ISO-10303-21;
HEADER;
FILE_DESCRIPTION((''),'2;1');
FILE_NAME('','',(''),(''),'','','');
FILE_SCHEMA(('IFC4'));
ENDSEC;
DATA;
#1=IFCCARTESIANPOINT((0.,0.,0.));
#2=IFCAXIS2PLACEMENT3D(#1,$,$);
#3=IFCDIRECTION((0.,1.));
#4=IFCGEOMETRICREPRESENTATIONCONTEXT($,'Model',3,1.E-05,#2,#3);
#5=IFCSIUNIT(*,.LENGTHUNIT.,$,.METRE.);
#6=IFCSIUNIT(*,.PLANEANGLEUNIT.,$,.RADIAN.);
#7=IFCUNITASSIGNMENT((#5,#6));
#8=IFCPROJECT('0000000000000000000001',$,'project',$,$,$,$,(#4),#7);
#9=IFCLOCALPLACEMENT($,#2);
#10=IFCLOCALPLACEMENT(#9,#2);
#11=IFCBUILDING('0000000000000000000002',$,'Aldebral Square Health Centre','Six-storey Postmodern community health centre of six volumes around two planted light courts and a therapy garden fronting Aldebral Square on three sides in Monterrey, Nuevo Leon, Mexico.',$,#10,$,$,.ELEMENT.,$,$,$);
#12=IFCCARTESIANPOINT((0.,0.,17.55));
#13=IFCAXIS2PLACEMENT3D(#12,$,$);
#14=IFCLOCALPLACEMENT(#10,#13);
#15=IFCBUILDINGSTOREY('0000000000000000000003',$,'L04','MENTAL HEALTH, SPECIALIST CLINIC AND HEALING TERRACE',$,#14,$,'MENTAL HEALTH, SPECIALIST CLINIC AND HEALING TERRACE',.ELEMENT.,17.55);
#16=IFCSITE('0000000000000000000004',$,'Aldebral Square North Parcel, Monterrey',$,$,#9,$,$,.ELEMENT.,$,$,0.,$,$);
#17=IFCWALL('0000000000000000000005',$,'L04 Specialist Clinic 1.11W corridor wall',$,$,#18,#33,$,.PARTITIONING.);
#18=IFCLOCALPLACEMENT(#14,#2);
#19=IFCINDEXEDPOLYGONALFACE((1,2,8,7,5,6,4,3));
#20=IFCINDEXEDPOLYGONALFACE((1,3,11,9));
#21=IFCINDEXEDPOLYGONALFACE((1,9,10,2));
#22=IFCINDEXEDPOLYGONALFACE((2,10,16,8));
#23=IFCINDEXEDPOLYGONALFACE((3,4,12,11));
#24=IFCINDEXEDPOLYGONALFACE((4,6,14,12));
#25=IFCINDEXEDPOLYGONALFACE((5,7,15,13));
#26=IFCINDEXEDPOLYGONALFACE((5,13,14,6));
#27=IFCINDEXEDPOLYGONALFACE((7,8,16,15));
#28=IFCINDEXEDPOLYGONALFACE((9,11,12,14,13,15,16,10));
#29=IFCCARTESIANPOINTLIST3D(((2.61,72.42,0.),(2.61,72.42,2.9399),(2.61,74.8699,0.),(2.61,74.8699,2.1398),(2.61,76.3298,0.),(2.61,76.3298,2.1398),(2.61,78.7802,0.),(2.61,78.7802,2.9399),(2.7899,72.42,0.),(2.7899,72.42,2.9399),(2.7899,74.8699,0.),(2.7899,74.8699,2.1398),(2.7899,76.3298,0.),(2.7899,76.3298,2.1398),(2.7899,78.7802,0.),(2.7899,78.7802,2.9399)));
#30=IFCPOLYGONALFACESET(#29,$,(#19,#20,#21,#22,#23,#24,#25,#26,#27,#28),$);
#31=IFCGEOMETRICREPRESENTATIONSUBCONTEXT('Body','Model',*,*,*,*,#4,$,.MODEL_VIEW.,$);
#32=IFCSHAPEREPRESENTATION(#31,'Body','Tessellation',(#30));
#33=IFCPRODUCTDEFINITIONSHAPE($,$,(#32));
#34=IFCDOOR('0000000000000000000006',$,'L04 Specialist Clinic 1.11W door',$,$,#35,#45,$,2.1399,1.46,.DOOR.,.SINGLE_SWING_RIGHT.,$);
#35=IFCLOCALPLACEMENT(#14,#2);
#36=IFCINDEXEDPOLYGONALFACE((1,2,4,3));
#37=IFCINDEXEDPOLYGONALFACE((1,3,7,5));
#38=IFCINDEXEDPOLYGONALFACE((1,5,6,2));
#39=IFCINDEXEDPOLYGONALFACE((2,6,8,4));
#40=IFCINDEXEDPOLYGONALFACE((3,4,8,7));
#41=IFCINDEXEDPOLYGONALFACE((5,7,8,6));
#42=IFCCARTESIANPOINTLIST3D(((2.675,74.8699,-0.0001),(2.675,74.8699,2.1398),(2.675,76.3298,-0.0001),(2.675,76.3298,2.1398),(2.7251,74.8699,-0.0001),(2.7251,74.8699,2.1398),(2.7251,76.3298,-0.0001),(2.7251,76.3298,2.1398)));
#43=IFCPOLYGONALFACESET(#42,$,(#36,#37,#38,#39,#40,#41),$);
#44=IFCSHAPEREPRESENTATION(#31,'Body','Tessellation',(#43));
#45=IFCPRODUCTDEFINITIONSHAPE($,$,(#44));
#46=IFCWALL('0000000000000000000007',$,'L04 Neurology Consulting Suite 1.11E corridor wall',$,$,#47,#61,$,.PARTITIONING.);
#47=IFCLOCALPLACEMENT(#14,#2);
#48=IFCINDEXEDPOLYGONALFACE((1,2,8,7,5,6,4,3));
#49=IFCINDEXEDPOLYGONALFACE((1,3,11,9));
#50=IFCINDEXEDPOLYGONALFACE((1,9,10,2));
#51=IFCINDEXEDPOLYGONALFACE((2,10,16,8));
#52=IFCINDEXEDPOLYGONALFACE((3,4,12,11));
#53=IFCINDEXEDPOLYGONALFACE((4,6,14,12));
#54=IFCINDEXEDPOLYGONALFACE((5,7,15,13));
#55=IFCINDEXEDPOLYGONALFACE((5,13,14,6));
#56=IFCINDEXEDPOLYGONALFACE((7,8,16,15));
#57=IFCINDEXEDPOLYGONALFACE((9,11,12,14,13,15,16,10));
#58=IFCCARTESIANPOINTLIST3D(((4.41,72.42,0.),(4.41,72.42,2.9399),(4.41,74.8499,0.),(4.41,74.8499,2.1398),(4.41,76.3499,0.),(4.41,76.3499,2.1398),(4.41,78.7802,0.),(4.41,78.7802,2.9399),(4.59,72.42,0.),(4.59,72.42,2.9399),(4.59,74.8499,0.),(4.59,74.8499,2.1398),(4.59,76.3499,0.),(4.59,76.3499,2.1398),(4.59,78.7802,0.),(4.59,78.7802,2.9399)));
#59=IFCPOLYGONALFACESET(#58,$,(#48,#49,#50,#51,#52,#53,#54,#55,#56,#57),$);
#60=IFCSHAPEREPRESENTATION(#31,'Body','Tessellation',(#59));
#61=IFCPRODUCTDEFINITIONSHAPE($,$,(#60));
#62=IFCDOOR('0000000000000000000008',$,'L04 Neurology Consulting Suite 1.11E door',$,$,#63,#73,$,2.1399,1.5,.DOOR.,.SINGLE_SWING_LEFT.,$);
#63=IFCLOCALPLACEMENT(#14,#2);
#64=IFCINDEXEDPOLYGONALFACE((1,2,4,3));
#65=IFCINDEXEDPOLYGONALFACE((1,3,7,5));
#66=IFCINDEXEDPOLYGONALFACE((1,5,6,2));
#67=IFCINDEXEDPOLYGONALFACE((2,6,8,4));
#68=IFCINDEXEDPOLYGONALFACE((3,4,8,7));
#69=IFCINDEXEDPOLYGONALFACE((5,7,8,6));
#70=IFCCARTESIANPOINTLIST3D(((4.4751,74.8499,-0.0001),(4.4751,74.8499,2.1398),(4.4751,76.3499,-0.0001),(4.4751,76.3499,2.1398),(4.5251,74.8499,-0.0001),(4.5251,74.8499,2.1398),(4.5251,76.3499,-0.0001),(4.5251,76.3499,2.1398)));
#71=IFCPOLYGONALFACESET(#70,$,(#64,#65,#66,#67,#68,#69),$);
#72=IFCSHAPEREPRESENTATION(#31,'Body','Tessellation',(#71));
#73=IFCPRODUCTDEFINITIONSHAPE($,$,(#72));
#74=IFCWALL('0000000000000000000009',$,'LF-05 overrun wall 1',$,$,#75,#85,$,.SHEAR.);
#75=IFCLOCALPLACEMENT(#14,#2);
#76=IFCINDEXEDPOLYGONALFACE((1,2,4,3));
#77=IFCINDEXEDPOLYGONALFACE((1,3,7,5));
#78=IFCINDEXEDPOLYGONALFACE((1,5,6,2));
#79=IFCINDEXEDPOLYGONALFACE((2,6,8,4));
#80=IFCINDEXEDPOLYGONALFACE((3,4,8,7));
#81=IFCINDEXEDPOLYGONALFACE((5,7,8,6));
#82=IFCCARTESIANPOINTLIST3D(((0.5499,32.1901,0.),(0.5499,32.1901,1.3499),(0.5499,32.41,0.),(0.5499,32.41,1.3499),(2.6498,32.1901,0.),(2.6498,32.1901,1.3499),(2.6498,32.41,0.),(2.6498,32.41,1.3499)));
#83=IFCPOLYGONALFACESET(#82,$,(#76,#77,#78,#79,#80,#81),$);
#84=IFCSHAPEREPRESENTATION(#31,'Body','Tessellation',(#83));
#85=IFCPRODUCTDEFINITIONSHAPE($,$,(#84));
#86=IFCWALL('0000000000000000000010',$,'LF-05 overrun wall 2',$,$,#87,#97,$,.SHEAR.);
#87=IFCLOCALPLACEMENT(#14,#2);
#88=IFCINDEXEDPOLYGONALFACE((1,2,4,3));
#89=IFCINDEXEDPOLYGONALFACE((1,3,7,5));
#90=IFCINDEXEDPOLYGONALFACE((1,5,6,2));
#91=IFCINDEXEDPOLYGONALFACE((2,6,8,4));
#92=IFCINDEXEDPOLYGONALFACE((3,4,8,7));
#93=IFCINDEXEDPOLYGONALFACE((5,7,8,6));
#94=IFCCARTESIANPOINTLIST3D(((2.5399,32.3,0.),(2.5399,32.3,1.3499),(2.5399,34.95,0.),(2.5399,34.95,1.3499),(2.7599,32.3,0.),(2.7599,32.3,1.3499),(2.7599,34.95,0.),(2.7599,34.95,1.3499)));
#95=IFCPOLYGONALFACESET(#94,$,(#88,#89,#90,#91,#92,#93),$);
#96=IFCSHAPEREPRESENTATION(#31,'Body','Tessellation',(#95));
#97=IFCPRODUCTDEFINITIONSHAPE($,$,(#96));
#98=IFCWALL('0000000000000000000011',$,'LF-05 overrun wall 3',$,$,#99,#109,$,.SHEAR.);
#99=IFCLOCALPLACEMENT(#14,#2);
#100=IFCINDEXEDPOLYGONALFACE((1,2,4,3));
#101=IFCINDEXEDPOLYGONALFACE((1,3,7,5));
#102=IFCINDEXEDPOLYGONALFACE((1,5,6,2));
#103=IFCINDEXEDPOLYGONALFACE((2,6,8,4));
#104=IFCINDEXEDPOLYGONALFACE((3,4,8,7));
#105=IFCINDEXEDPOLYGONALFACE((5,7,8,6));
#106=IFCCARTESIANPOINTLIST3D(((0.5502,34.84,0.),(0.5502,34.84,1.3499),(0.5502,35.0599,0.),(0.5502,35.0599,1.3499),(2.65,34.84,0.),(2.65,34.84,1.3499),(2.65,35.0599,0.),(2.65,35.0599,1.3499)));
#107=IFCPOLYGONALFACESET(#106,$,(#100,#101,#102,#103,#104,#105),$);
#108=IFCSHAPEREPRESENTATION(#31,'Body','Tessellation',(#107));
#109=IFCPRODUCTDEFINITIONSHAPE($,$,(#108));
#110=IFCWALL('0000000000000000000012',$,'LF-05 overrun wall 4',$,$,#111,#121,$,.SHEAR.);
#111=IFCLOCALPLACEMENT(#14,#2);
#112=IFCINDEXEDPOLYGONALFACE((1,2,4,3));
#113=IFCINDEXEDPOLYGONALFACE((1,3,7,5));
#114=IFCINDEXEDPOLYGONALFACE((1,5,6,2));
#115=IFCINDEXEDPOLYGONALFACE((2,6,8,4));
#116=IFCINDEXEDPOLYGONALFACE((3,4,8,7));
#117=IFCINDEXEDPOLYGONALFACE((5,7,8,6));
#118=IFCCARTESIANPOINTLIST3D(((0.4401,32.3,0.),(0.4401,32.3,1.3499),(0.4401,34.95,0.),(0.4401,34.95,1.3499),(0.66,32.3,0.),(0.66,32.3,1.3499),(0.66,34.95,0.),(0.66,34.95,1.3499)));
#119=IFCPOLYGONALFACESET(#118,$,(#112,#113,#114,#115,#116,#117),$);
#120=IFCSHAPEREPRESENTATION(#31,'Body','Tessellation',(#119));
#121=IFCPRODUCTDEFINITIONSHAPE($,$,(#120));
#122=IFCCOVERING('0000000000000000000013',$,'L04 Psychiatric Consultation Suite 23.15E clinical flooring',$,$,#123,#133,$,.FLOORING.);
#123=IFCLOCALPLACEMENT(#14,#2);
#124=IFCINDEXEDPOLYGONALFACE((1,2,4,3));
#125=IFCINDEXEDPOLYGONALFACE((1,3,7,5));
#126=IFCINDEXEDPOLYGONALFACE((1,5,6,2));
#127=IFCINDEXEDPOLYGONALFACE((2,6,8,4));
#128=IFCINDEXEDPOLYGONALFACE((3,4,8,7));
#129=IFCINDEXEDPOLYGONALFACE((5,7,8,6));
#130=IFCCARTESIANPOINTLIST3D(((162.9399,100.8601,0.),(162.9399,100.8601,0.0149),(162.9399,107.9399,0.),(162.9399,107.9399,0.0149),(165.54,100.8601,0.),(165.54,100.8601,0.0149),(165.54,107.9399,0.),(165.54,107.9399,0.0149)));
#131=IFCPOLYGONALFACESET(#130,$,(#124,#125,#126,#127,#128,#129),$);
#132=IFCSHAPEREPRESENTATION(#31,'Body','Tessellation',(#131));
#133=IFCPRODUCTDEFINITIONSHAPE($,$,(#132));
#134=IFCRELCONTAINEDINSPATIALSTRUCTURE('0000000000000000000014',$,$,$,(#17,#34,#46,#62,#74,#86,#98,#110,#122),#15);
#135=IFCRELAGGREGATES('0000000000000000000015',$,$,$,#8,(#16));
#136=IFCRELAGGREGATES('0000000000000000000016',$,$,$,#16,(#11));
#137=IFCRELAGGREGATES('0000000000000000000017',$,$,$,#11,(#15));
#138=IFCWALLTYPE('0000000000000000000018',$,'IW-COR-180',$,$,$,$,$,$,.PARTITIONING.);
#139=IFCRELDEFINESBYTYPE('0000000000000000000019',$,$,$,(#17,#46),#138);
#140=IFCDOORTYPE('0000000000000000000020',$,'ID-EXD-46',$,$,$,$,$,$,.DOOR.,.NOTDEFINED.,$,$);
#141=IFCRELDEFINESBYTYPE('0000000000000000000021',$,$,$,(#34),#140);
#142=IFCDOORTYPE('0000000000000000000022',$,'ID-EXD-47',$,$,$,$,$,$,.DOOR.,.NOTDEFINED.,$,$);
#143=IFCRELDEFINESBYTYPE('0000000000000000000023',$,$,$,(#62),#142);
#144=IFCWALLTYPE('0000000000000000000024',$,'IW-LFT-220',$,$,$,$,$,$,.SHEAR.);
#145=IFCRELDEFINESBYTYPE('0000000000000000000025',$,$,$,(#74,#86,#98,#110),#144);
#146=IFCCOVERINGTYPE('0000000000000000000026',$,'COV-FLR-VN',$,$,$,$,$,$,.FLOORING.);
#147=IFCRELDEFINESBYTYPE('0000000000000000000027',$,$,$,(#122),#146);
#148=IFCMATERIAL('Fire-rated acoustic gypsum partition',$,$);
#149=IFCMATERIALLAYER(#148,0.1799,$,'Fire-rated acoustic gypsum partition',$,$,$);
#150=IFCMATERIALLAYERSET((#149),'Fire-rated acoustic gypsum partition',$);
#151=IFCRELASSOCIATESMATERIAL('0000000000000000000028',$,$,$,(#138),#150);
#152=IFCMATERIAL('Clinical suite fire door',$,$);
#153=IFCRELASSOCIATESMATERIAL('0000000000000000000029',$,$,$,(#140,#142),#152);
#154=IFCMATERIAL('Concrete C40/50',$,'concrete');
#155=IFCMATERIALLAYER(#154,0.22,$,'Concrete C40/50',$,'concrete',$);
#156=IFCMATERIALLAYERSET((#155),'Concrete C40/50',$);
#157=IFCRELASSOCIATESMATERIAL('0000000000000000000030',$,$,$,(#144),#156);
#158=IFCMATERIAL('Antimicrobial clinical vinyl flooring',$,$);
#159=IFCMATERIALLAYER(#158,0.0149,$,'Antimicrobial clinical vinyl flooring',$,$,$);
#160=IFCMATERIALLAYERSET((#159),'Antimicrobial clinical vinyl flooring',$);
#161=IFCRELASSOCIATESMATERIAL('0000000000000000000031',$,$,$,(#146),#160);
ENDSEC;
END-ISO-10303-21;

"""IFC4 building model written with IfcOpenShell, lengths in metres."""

from ifc_helpers import new_model, si_unit, direction, frame, frame_2d, origin, place, context, subcontext, project, spatial, polyline, rectangle, outline, extrude, material, layer, layer_set, type_object, element, fill, save


model = new_model("IFC4")

# Units and contexts
model_context = context("Model", 3, precision=1e-05, world=origin(), true_north=direction((0.0, 1.0)))
body_context = subcontext(model_context, "Body", "Model", "MODEL_VIEW")
ifc_project = project(units=[si_unit("LENGTHUNIT", "METRE"), si_unit("PLANEANGLEUNIT", "RADIAN")], contexts=[model_context])

# Site, building, storey
site_placement = place(None, origin())
site = spatial("IfcSite", under=ifc_project, at=site_placement, Name="Aldebral Square North Parcel, Monterrey", CompositionType="ELEMENT", RefElevation=0.0)
building_placement = place(site_placement, origin())
building = spatial("IfcBuilding", under=site, at=building_placement, Name="Aldebral Square Health Centre", Description="Six-storey Postmodern community health centre of six volumes around two planted light courts and a therapy garden fronting Aldebral Square on three sides in Monterrey, Nuevo Leon, Mexico.", CompositionType="ELEMENT")
storey_placement = place(building_placement, frame((0.0, 0.0, 17.55)))
storey = spatial("IfcBuildingStorey", under=building, at=storey_placement, Name="L04", Description="MENTAL HEALTH, SPECIALIST CLINIC AND HEALING TERRACE", LongName="MENTAL HEALTH, SPECIALIST CLINIC AND HEALING TERRACE", CompositionType="ELEMENT", Elevation=17.55)

# Shared definitions
ifc_material_1 = material(Name="Concrete C40/50", Category="concrete")

# Walls, openings, doors
ifc_material_2 = material(Name="Fire-rated acoustic gypsum partition")
ifc_layer_1 = layer(ifc_material_2, 0.1799, Name="Fire-rated acoustic gypsum partition")
ifc_layer_set_1 = layer_set([ifc_layer_1], Name="Fire-rated acoustic gypsum partition")
wall_type_1 = type_object("IfcWallType", Name="IW-COR-180", PredefinedType="PARTITIONING", material=ifc_layer_set_1)
wall_1_placement = place(storey_placement, frame((2.7, 72.4199, 0.0), z_axis=(0.0, 0.0, 1.0), x_axis=(0.0, 1.0, 0.0)))
wall_1 = element("IfcWall", 1, at=wall_1_placement, inside=storey, type_object=wall_type_1, Name="L04 Specialist Clinic 1.11W corridor wall", PredefinedType="PARTITIONING", context=body_context, shape_type="SweptSolid", body=[
    extrude(rectangle(XDim=6.3601, YDim=0.1799, at=frame_2d((3.1802, 0.0))), origin(), (0.0, 0.0, 1.0), 2.9399),
])
opening_1_placement = place(wall_1_placement, frame((2.45, 0.0, 0.0)))
opening_1 = element("IfcOpeningElement", 2, at=opening_1_placement, cuts=wall_1, PredefinedType="OPENING", context=body_context, shape_type="SweptSolid", body=[
    extrude(rectangle(XDim=1.46, YDim=2.1399, at=frame_2d((0.73, 1.0698))), frame((0.0, 0.1001, 0.0), z_axis=(0.0, -1.0, 0.0), x_axis=(1.0, 0.0, 0.0)), (0.0, 0.0, 1.0), 0.2),
])
ifc_material_3 = material(Name="Clinical suite fire door")
door_type_1 = type_object("IfcDoorType", Name="ID-EXD-46", OperationType="NOTDEFINED", PredefinedType="DOOR", material=ifc_material_3)
door_1_placement = place(opening_1_placement, origin())
door_1 = element("IfcDoor", 3, at=door_1_placement, inside=storey, type_object=door_type_1, Name="L04 Specialist Clinic 1.11W door", OperationType="SINGLE_SWING_RIGHT", OverallHeight=2.1399, OverallWidth=1.46, PredefinedType="DOOR", context=body_context, shape_type="SweptSolid", body=[
    extrude(rectangle(XDim=1.46, YDim=2.1399, at=frame_2d((0.73, 1.0698))), frame((0.0, 0.0249, 0.0), z_axis=(0.0, -1.0, 0.0), x_axis=(1.0, 0.0, 0.0)), (0.0, 0.0, 1.0), 0.05),
])
fill(opening_1, door_1)
wall_2_placement = place(storey_placement, frame((4.5, 72.4199, 0.0), z_axis=(0.0, 0.0, 1.0), x_axis=(0.0, 1.0, 0.0)))
wall_2 = element("IfcWall", 4, at=wall_2_placement, inside=storey, type_object=wall_type_1, Name="L04 Neurology Consulting Suite 1.11E corridor wall", PredefinedType="PARTITIONING", context=body_context, shape_type="SweptSolid", body=[
    extrude(rectangle(XDim=6.3601, YDim=0.1799, at=frame_2d((3.1802, 0.0))), origin(), (0.0, 0.0, 1.0), 2.9399),
])
opening_2_placement = place(wall_2_placement, frame((2.4299, 0.0, 0.0)))
opening_2 = element("IfcOpeningElement", 5, at=opening_2_placement, cuts=wall_2, PredefinedType="OPENING", context=body_context, shape_type="SweptSolid", body=[
    extrude(rectangle(XDim=1.5, YDim=2.1399, at=frame_2d((0.75, 1.0698))), frame((0.0, 0.1001, 0.0), z_axis=(0.0, -1.0, 0.0), x_axis=(1.0, 0.0, 0.0)), (0.0, 0.0, 1.0), 0.2),
])
door_type_2 = type_object("IfcDoorType", Name="ID-EXD-47", OperationType="NOTDEFINED", PredefinedType="DOOR", material=ifc_material_3)
door_2_placement = place(opening_2_placement, origin())
door_2 = element("IfcDoor", 6, at=door_2_placement, inside=storey, type_object=door_type_2, Name="L04 Neurology Consulting Suite 1.11E door", OperationType="SINGLE_SWING_LEFT", OverallHeight=2.1399, OverallWidth=1.5, PredefinedType="DOOR", context=body_context, shape_type="SweptSolid", body=[
    extrude(rectangle(XDim=1.5, YDim=2.1399, at=frame_2d((0.75, 1.0698))), frame((0.0, 0.0249, 0.0), z_axis=(0.0, -1.0, 0.0), x_axis=(1.0, 0.0, 0.0)), (0.0, 0.0, 1.0), 0.05),
])
fill(opening_2, door_2)

# Walls
ifc_layer_2 = layer(ifc_material_1, 0.22, Name="Concrete C40/50", Category="concrete")
ifc_layer_set_2 = layer_set([ifc_layer_2], Name="Concrete C40/50")
wall_type_2 = type_object("IfcWallType", Name="IW-LFT-220", PredefinedType="SHEAR", material=ifc_layer_set_2)
wall_3_placement = place(storey_placement, frame((0.55, 32.3, 0.0), z_axis=(0.0, 0.0, 1.0), x_axis=(1.0, 0.0, 0.0)))
element("IfcWall", 7, at=wall_3_placement, inside=storey, type_object=wall_type_2, Name="LF-05 overrun wall 1", PredefinedType="SHEAR", context=body_context, shape_type="SweptSolid", body=[
    extrude(rectangle(XDim=2.0999, YDim=0.22, at=frame_2d((1.0498, 0.0))), origin(), (0.0, 0.0, 1.0), 1.3499),
])
wall_4_placement = place(storey_placement, frame((2.6499, 32.3, 0.0), z_axis=(0.0, 0.0, 1.0), x_axis=(0.0, 1.0, 0.0)))
element("IfcWall", 8, at=wall_4_placement, inside=storey, type_object=wall_type_2, Name="LF-05 overrun wall 2", PredefinedType="SHEAR", context=body_context, shape_type="SweptSolid", body=[
    extrude(rectangle(XDim=2.6499, YDim=0.22, at=frame_2d((1.325, 0.0))), origin(), (0.0, 0.0, 1.0), 1.3499),
])
wall_5_placement = place(storey_placement, frame((2.6499, 34.95, 0.0), z_axis=(0.0, 0.0, 1.0), x_axis=(-1.0, 0.0, 0.0)))
element("IfcWall", 9, at=wall_5_placement, inside=storey, type_object=wall_type_2, Name="LF-05 overrun wall 3", PredefinedType="SHEAR", context=body_context, shape_type="SweptSolid", body=[
    extrude(rectangle(XDim=2.0999, YDim=0.22, at=frame_2d((1.0498, 0.0))), origin(), (0.0, 0.0, 1.0), 1.3499),
])
wall_6_placement = place(storey_placement, frame((0.55, 34.95, 0.0), z_axis=(0.0, 0.0, 1.0), x_axis=(0.0, -1.0, 0.0)))
element("IfcWall", 10, at=wall_6_placement, inside=storey, type_object=wall_type_2, Name="LF-05 overrun wall 4", PredefinedType="SHEAR", context=body_context, shape_type="SweptSolid", body=[
    extrude(rectangle(XDim=2.6499, YDim=0.22, at=frame_2d((1.325, 0.0))), origin(), (0.0, 0.0, 1.0), 1.3499),
])

# Covering
ifc_material_4 = material(Name="Antimicrobial clinical vinyl flooring")
ifc_layer_3 = layer(ifc_material_4, 0.0149, Name="Antimicrobial clinical vinyl flooring")
ifc_layer_set_3 = layer_set([ifc_layer_3], Name="Antimicrobial clinical vinyl flooring")
covering_type = type_object("IfcCoveringType", Name="COV-FLR-VN", PredefinedType="FLOORING", material=ifc_layer_set_3)
covering_placement = place(storey_placement, origin())
element("IfcCovering", 11, at=covering_placement, inside=storey, type_object=covering_type, Name="L04 Psychiatric Consultation Suite 23.15E clinical flooring", PredefinedType="FLOORING", context=body_context, shape_type="SweptSolid", body=[
    extrude(outline(polyline([(162.9399, 100.8601), (165.54, 100.8601), (165.54, 107.9399), (162.9399, 107.9399), (162.9399, 100.8601)])), origin(), (0.0, 0.0, 1.0), 0.0149),
])

save(model, "model.ifc")
